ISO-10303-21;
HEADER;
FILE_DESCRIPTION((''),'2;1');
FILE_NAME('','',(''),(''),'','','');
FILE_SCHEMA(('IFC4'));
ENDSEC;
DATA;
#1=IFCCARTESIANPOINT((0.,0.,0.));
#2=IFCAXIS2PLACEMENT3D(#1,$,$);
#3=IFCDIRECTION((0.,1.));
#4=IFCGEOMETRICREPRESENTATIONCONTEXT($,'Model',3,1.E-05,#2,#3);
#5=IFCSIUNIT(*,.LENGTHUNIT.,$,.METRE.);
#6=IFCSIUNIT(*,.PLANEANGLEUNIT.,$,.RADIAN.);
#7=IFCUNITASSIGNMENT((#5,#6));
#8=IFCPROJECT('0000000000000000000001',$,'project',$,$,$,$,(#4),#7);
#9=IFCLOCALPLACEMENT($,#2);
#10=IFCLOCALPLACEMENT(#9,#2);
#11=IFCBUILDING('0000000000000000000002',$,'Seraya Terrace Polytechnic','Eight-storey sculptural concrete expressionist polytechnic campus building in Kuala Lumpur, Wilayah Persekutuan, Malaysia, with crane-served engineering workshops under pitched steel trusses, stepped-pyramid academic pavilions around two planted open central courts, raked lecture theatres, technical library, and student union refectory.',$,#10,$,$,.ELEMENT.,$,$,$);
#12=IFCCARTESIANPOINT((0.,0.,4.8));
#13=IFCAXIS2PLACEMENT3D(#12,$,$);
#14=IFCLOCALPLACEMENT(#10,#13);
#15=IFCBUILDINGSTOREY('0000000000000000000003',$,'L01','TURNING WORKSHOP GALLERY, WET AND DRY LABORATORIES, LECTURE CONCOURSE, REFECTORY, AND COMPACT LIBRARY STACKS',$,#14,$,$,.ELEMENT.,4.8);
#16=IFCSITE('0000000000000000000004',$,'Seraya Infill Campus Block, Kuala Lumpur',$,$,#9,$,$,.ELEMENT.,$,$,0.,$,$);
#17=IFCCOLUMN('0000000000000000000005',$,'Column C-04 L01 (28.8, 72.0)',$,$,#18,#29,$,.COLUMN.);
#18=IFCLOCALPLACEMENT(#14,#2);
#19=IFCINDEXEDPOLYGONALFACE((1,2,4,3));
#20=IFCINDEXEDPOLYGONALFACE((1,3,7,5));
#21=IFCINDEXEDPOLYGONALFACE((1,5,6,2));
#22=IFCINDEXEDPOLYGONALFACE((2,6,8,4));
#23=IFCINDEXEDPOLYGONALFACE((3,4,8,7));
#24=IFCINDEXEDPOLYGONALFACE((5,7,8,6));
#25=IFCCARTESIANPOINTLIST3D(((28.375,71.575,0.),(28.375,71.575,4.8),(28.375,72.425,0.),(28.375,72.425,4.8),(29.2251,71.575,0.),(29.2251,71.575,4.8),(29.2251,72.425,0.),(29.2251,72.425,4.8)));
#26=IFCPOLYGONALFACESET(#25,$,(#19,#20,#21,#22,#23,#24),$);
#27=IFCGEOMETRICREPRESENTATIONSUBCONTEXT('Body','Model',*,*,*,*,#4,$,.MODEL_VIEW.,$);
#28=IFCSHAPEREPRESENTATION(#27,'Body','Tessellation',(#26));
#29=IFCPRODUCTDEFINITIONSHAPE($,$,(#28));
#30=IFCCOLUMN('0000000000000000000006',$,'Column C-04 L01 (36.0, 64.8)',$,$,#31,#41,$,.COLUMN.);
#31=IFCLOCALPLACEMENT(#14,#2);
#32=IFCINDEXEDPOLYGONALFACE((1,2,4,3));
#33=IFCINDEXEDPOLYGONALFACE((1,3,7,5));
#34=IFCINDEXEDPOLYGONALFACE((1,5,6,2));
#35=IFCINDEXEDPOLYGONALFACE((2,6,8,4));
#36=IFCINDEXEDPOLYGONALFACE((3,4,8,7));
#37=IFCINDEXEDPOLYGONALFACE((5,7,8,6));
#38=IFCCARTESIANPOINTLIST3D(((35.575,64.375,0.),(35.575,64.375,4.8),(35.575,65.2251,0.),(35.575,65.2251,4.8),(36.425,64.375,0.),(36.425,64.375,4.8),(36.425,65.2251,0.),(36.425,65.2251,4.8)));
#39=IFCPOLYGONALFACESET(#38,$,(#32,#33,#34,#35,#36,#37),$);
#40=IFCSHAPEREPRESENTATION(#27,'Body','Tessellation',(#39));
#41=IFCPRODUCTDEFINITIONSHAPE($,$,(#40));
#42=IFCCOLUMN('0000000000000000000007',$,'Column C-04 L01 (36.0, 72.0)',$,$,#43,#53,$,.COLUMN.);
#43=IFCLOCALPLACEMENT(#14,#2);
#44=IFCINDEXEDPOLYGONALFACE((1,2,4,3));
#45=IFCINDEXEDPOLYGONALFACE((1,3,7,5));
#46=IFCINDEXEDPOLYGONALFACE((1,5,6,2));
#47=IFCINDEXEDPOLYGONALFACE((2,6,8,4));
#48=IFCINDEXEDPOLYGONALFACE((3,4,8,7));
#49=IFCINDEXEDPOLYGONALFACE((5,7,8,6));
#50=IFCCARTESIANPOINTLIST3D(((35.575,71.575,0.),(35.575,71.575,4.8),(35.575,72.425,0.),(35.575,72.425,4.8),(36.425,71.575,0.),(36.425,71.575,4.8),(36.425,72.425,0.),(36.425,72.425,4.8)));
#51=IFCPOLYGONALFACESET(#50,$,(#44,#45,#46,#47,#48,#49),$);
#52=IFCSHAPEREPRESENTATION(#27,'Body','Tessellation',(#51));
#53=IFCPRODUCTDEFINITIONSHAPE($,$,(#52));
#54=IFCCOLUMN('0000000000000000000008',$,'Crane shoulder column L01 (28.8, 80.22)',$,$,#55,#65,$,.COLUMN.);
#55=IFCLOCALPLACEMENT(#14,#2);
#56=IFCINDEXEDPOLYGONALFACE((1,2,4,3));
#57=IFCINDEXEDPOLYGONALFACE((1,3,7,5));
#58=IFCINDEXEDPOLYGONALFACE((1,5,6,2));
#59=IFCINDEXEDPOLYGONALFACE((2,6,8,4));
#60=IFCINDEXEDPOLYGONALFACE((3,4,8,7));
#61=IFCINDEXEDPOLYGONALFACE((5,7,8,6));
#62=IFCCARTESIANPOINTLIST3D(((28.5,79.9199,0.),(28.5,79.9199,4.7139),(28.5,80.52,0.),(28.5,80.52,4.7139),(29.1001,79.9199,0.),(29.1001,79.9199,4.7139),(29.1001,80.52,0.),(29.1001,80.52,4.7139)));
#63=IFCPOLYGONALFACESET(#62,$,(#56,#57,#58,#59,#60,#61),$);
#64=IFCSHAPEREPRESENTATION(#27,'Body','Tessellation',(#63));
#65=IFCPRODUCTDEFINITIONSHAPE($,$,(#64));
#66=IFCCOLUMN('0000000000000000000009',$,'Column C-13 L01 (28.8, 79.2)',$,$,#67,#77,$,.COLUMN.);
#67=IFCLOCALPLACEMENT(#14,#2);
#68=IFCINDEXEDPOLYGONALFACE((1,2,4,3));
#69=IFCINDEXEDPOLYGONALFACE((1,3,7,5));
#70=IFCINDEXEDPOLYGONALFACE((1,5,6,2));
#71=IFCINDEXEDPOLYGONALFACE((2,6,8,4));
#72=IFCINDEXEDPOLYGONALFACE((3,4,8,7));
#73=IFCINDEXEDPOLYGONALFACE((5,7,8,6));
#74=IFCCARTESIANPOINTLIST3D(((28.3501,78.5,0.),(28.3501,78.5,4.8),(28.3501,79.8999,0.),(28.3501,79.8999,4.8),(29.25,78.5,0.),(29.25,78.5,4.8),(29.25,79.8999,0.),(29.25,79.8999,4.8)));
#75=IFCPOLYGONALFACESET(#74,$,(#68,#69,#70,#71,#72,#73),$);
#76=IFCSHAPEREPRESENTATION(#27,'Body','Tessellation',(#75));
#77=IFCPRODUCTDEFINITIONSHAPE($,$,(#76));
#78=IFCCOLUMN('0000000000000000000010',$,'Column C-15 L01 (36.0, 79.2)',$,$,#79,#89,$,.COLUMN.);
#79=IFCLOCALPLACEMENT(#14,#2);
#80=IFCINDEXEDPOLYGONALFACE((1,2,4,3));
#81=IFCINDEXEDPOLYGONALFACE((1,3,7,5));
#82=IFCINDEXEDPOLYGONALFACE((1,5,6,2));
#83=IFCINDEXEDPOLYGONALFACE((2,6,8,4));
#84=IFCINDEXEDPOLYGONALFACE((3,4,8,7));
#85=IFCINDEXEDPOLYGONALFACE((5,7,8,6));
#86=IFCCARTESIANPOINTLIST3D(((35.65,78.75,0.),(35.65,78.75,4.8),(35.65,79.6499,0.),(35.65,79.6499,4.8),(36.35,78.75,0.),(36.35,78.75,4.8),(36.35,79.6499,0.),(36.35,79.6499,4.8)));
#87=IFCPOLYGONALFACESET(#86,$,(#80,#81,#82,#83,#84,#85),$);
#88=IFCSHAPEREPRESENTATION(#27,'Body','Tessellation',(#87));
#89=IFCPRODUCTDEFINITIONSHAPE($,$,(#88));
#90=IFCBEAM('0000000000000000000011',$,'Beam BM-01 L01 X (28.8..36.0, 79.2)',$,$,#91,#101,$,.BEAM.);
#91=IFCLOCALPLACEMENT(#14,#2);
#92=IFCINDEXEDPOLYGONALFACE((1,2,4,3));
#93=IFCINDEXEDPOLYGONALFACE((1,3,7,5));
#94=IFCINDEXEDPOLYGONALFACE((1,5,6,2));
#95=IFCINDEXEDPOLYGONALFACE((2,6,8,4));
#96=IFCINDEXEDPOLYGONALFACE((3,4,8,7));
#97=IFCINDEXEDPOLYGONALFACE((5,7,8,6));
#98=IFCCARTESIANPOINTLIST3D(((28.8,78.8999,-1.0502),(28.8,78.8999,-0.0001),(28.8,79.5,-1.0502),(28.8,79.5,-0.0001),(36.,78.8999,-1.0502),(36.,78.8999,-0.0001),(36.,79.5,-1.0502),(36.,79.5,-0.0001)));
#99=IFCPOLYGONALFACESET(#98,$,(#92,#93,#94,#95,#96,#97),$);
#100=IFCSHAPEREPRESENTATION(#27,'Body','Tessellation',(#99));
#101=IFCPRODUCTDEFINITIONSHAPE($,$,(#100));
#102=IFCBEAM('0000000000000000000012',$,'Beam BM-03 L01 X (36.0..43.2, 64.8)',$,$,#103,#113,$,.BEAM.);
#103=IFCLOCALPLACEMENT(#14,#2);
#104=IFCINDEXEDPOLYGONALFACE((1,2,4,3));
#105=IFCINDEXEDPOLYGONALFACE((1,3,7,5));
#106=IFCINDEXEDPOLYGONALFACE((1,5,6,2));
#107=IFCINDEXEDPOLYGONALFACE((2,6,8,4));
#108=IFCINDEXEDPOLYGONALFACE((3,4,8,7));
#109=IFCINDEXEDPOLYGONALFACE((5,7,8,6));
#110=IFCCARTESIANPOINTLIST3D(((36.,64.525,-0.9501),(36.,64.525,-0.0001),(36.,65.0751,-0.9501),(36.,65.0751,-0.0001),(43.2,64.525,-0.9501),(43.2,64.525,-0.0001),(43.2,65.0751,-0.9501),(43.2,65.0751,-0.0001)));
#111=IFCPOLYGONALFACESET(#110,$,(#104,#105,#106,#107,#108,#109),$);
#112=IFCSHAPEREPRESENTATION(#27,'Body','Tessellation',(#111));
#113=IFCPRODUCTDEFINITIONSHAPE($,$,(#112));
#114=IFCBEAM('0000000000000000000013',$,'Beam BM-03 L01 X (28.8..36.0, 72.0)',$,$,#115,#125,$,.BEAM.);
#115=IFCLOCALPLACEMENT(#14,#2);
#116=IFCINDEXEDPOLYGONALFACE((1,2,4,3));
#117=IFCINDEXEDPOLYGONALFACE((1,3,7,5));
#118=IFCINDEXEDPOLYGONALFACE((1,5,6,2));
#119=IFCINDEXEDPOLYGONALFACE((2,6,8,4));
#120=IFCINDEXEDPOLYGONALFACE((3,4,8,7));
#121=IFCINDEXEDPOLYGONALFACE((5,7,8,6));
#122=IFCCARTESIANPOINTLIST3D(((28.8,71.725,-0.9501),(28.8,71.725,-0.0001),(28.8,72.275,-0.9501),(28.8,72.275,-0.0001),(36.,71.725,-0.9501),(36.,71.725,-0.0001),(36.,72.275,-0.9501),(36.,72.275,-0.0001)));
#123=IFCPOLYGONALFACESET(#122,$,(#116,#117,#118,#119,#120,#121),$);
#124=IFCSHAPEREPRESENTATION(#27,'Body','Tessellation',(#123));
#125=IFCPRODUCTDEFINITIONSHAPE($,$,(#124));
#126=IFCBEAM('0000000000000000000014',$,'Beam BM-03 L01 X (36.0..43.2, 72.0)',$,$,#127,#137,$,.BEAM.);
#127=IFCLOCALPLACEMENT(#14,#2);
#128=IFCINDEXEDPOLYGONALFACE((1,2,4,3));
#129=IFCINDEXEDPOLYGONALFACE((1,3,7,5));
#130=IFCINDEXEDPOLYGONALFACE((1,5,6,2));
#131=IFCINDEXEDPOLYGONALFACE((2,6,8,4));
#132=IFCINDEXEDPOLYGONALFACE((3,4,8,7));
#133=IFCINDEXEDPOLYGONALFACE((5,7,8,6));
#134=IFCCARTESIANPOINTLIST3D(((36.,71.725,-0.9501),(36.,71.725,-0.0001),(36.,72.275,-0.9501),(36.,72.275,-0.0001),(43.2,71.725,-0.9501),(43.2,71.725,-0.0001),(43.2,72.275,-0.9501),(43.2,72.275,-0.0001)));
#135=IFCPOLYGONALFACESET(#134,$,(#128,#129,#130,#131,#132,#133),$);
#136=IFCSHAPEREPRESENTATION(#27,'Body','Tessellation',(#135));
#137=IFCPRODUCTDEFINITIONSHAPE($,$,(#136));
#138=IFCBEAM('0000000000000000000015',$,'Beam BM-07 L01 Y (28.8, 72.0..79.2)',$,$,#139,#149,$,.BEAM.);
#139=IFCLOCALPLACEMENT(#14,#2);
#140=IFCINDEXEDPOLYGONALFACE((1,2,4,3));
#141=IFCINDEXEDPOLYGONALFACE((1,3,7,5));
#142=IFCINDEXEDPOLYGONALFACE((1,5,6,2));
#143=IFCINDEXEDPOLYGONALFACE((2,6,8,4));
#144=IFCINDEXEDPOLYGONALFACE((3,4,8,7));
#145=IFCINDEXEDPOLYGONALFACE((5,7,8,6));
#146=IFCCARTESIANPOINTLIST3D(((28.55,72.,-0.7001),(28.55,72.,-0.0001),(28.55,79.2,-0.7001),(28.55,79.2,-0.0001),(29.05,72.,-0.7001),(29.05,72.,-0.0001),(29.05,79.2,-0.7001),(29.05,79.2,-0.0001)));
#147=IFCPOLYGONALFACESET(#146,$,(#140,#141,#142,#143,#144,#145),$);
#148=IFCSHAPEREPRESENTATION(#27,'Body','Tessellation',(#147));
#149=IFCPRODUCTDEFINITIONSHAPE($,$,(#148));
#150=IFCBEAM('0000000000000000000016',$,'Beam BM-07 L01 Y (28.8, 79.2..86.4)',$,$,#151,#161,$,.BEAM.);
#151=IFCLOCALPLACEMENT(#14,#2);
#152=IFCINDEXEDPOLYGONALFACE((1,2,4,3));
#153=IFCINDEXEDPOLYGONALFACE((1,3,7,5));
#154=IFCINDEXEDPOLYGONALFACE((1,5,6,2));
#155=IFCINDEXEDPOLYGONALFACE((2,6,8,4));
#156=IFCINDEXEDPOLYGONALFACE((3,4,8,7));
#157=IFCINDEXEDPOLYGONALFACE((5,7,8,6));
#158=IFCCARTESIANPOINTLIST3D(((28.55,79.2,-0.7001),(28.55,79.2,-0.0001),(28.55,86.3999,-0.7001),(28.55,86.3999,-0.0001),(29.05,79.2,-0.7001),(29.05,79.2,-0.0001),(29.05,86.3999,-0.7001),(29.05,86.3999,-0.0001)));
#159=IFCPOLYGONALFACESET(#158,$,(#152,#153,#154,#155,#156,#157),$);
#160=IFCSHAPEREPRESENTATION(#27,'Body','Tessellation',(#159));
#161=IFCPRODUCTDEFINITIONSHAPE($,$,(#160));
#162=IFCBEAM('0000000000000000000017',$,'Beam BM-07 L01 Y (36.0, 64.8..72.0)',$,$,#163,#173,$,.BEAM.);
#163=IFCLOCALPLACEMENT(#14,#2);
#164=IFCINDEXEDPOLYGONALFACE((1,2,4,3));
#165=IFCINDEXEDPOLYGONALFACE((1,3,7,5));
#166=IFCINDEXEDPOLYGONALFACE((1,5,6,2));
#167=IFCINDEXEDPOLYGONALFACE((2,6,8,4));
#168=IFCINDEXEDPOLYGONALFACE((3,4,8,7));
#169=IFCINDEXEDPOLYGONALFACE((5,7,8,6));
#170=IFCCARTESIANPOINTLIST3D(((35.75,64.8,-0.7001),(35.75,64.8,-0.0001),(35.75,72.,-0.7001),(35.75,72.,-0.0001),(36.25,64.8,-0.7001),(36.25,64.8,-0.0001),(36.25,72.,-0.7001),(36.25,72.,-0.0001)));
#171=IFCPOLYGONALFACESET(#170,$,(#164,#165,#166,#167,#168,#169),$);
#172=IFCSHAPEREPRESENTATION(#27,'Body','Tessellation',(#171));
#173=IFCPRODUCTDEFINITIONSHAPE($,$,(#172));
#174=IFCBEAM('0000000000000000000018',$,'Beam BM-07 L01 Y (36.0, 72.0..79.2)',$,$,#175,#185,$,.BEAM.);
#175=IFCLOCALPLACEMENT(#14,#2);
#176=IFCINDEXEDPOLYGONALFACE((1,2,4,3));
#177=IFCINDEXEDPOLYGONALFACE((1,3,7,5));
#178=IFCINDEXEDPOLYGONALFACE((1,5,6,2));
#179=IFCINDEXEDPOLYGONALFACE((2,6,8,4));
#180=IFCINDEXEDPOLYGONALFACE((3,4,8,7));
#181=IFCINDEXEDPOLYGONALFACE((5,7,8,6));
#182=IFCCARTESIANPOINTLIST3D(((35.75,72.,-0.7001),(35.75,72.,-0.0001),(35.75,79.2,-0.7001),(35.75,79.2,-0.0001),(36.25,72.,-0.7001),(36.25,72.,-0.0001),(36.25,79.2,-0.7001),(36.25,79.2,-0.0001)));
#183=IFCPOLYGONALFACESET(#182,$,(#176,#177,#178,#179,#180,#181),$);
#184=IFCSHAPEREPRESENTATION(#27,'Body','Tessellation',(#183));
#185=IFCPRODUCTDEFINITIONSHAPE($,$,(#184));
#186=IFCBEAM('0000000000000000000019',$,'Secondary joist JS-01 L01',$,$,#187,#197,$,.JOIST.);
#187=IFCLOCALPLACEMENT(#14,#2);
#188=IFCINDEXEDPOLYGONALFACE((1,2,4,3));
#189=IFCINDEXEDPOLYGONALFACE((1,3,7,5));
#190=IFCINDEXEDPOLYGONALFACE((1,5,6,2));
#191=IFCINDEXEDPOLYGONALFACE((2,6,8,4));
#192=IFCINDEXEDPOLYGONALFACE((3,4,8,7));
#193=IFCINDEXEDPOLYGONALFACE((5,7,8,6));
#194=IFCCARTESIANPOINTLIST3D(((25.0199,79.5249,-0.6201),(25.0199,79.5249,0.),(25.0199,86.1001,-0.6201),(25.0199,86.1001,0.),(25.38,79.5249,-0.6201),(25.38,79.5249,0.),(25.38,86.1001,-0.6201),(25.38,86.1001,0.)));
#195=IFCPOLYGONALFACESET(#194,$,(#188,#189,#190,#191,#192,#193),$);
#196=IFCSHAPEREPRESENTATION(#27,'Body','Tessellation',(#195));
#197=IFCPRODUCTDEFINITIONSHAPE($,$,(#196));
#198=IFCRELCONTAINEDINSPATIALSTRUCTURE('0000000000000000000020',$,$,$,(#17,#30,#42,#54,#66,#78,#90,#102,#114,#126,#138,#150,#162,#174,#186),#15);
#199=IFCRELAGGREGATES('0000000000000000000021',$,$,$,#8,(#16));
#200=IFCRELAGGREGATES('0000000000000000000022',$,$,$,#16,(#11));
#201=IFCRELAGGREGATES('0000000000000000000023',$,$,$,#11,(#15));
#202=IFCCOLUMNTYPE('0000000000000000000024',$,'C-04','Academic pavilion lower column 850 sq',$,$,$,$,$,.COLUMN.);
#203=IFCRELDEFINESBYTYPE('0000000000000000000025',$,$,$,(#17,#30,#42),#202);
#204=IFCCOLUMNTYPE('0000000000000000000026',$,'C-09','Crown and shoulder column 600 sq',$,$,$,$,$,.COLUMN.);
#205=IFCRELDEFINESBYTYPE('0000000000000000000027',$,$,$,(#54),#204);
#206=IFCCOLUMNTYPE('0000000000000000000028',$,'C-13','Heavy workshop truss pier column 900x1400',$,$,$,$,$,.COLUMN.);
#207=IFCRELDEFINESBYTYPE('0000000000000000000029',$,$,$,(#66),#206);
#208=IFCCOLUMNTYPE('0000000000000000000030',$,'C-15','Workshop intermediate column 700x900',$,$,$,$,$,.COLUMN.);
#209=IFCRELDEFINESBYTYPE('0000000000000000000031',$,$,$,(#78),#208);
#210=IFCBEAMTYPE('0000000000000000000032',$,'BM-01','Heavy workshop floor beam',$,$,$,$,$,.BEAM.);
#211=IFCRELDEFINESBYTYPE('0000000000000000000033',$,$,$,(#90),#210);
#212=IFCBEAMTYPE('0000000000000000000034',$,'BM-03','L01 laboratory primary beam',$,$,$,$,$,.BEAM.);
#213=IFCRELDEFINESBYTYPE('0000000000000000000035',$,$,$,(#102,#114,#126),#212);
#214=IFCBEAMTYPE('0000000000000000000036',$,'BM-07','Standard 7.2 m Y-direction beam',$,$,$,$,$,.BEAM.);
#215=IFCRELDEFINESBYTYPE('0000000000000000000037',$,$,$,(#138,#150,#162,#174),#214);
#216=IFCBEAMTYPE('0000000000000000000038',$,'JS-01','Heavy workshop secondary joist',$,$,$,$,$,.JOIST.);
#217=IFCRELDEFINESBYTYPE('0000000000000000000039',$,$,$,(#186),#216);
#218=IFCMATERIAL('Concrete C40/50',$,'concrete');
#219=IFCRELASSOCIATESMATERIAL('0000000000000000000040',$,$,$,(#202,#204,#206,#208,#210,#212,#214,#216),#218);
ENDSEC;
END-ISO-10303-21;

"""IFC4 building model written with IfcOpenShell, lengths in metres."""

from ifc_helpers import new_model, si_unit, direction, frame, origin, origin_2d, place, context, subcontext, project, spatial, rectangle, extrude, material, material_profile, profile_set, type_object, element, save


model = new_model("IFC4")

# Units and contexts
model_context = context("Model", 3, precision=1e-05, world=origin(), true_north=direction((0.0, 1.0)))
body_context = subcontext(model_context, "Body", "Model", "MODEL_VIEW")
ifc_project = project(units=[si_unit("LENGTHUNIT", "METRE"), si_unit("PLANEANGLEUNIT", "RADIAN")], contexts=[model_context])

# Site, building, storey
site_placement = place(None, origin())
site = spatial("IfcSite", under=ifc_project, at=site_placement, Name="Seraya Infill Campus Block, Kuala Lumpur", CompositionType="ELEMENT", RefElevation=0.0)
building_placement = place(site_placement, origin())
building = spatial("IfcBuilding", under=site, at=building_placement, Name="Seraya Terrace Polytechnic", Description="Eight-storey sculptural concrete expressionist polytechnic campus building in Kuala Lumpur, Wilayah Persekutuan, Malaysia, with crane-served engineering workshops under pitched steel trusses, stepped-pyramid academic pavilions around two planted open central courts, raked lecture theatres, technical library, and student union refectory.", CompositionType="ELEMENT")
storey_placement = place(building_placement, frame((0.0, 0.0, 4.8)))
storey = spatial("IfcBuildingStorey", under=building, at=storey_placement, Name="L01", Description="TURNING WORKSHOP GALLERY, WET AND DRY LABORATORIES, LECTURE CONCOURSE, REFECTORY, AND COMPACT LIBRARY STACKS", CompositionType="ELEMENT", Elevation=4.8)

# Columns
ifc_material_1 = material(Name="Concrete C40/50", Category="concrete")
ifc_material_profile_1 = material_profile(ifc_material_1, rectangle(XDim=0.8501, YDim=0.8501, at=origin_2d()), Name="RC 850x850")
ifc_profile_set_1 = profile_set([ifc_material_profile_1], Name="Concrete C40/50")
column_type_1 = type_object("IfcColumnType", Name="C-04", Description="Academic pavilion lower column 850 sq", PredefinedType="COLUMN", material=ifc_profile_set_1)
for number, where, z_axis, x_axis, name in (
    (1, (28.8, 72.0, 0.0), (0.0, 0.0, 1.0), (1.0, 0.0, 0.0), "Column C-04 L01 (28.8, 72.0)"),
    (2, (36.0, 64.8, 0.0), (0.0, 0.0, 1.0), (1.0, 0.0, 0.0), "Column C-04 L01 (36.0, 64.8)"),
    (3, (36.0, 72.0, 0.0), (0.0, 0.0, 1.0), (1.0, 0.0, 0.0), "Column C-04 L01 (36.0, 72.0)"),
):
    element("IfcColumn", number, at=place(storey_placement, frame(where, z_axis=z_axis, x_axis=x_axis)), inside=storey, type_object=column_type_1, Name=name, PredefinedType="COLUMN", context=body_context, shape_type="SweptSolid", body=[
        extrude(rectangle(XDim=0.8501, YDim=0.8501, at=origin_2d()), origin(), (0.0, 0.0, 1.0), 4.8),
    ])
ifc_material_profile_2 = material_profile(ifc_material_1, rectangle(XDim=0.6001, YDim=0.6001, at=origin_2d()), Name="RC 600x600")
ifc_profile_set_2 = profile_set([ifc_material_profile_2], Name="Concrete C40/50")
column_type_2 = type_object("IfcColumnType", Name="C-09", Description="Crown and shoulder column 600 sq", PredefinedType="COLUMN", material=ifc_profile_set_2)
column_1_placement = place(storey_placement, frame((28.8, 80.22, 0.0), z_axis=(0.0, 0.0, 1.0), x_axis=(1.0, 0.0, 0.0)))
element("IfcColumn", 4, at=column_1_placement, inside=storey, type_object=column_type_2, Name="Crane shoulder column L01 (28.8, 80.22)", PredefinedType="COLUMN", context=body_context, shape_type="SweptSolid", body=[
    extrude(rectangle(XDim=0.6001, YDim=0.6001, at=origin_2d()), origin(), (0.0, 0.0, 1.0), 4.7139),
])
ifc_material_profile_3 = material_profile(ifc_material_1, rectangle(XDim=0.8999, YDim=1.3999, at=origin_2d()), Name="RC 900x1400")
ifc_profile_set_3 = profile_set([ifc_material_profile_3], Name="Concrete C40/50")
column_type_3 = type_object("IfcColumnType", Name="C-13", Description="Heavy workshop truss pier column 900x1400", PredefinedType="COLUMN", material=ifc_profile_set_3)
column_2_placement = place(storey_placement, frame((28.8, 79.2, 0.0), z_axis=(0.0, 0.0, 1.0), x_axis=(1.0, 0.0, 0.0)))
element("IfcColumn", 5, at=column_2_placement, inside=storey, type_object=column_type_3, Name="Column C-13 L01 (28.8, 79.2)", PredefinedType="COLUMN", context=body_context, shape_type="SweptSolid", body=[
    extrude(rectangle(XDim=0.8999, YDim=1.3999, at=origin_2d()), origin(), (0.0, 0.0, 1.0), 4.8),
])
ifc_material_profile_4 = material_profile(ifc_material_1, rectangle(XDim=0.7, YDim=0.8999, at=origin_2d()), Name="RC 700x900")
ifc_profile_set_4 = profile_set([ifc_material_profile_4], Name="Concrete C40/50")
column_type_4 = type_object("IfcColumnType", Name="C-15", Description="Workshop intermediate column 700x900", PredefinedType="COLUMN", material=ifc_profile_set_4)
column_3_placement = place(storey_placement, frame((36.0, 79.2, 0.0), z_axis=(0.0, 0.0, 1.0), x_axis=(1.0, 0.0, 0.0)))
element("IfcColumn", 6, at=column_3_placement, inside=storey, type_object=column_type_4, Name="Column C-15 L01 (36.0, 79.2)", PredefinedType="COLUMN", context=body_context, shape_type="SweptSolid", body=[
    extrude(rectangle(XDim=0.7, YDim=0.8999, at=origin_2d()), origin(), (0.0, 0.0, 1.0), 4.8),
])

# Beams
ifc_material_profile_5 = material_profile(ifc_material_1, rectangle(XDim=0.6001, YDim=1.05, at=origin_2d()), Name="RC 600x1050")
ifc_profile_set_5 = profile_set([ifc_material_profile_5], Name="Concrete C40/50")
beam_type_1 = type_object("IfcBeamType", Name="BM-01", Description="Heavy workshop floor beam", PredefinedType="BEAM", material=ifc_profile_set_5)
beam_1_placement = place(storey_placement, frame((28.8, 79.2, -0.5251), z_axis=(1.0, 0.0, 0.0), x_axis=(0.0, 1.0, 0.0)))
element("IfcBeam", 7, at=beam_1_placement, inside=storey, type_object=beam_type_1, Name="Beam BM-01 L01 X (28.8..36.0, 79.2)", PredefinedType="BEAM", context=body_context, shape_type="SweptSolid", body=[
    extrude(rectangle(XDim=0.6001, YDim=1.05, at=origin_2d()), origin(), (0.0, 0.0, 1.0), 7.2),
])
ifc_material_profile_6 = material_profile(ifc_material_1, rectangle(XDim=0.55, YDim=0.95, at=origin_2d()), Name="RC 550x950")
ifc_profile_set_6 = profile_set([ifc_material_profile_6], Name="Concrete C40/50")
beam_type_2 = type_object("IfcBeamType", Name="BM-03", Description="L01 laboratory primary beam", PredefinedType="BEAM", material=ifc_profile_set_6)
for number, where, z_axis, x_axis, name in (
    (8, (36.0, 64.8, -0.4751), (1.0, 0.0, 0.0), (0.0, 1.0, 0.0), "Beam BM-03 L01 X (36.0..43.2, 64.8)"),
    (9, (28.8, 72.0, -0.4751), (1.0, 0.0, 0.0), (0.0, 1.0, 0.0), "Beam BM-03 L01 X (28.8..36.0, 72.0)"),
    (10, (36.0, 72.0, -0.4751), (1.0, 0.0, 0.0), (0.0, 1.0, 0.0), "Beam BM-03 L01 X (36.0..43.2, 72.0)"),
):
    element("IfcBeam", number, at=place(storey_placement, frame(where, z_axis=z_axis, x_axis=x_axis)), inside=storey, type_object=beam_type_2, Name=name, PredefinedType="BEAM", context=body_context, shape_type="SweptSolid", body=[
        extrude(rectangle(XDim=0.55, YDim=0.95, at=origin_2d()), origin(), (0.0, 0.0, 1.0), 7.2),
    ])
ifc_material_profile_7 = material_profile(ifc_material_1, rectangle(XDim=0.5, YDim=0.7, at=origin_2d()), Name="RC 500x700")
ifc_profile_set_7 = profile_set([ifc_material_profile_7], Name="Concrete C40/50")
beam_type_3 = type_object("IfcBeamType", Name="BM-07", Description="Standard 7.2 m Y-direction beam", PredefinedType="BEAM", material=ifc_profile_set_7)
for number, where, z_axis, x_axis, name in (
    (11, (28.8, 72.0, -0.3501), (0.0, 1.0, 0.0), (-1.0, 0.0, 0.0), "Beam BM-07 L01 Y (28.8, 72.0..79.2)"),
    (12, (28.8, 79.2, -0.3501), (0.0, 1.0, 0.0), (-1.0, 0.0, 0.0), "Beam BM-07 L01 Y (28.8, 79.2..86.4)"),
    (13, (36.0, 64.8, -0.3501), (0.0, 1.0, 0.0), (-1.0, 0.0, 0.0), "Beam BM-07 L01 Y (36.0, 64.8..72.0)"),
    (14, (36.0, 72.0, -0.3501), (0.0, 1.0, 0.0), (-1.0, 0.0, 0.0), "Beam BM-07 L01 Y (36.0, 72.0..79.2)"),
):
    element("IfcBeam", number, at=place(storey_placement, frame(where, z_axis=z_axis, x_axis=x_axis)), inside=storey, type_object=beam_type_3, Name=name, PredefinedType="BEAM", context=body_context, shape_type="SweptSolid", body=[
        extrude(rectangle(XDim=0.5, YDim=0.7, at=origin_2d()), origin(), (0.0, 0.0, 1.0), 7.2),
    ])
ifc_material_profile_8 = material_profile(ifc_material_1, rectangle(XDim=0.3601, YDim=0.6201, at=origin_2d()), Name="RC 360x620")
ifc_profile_set_8 = profile_set([ifc_material_profile_8], Name="Concrete C40/50")
beam_type_4 = type_object("IfcBeamType", Name="JS-01", Description="Heavy workshop secondary joist", PredefinedType="JOIST", material=ifc_profile_set_8)
beam_2_placement = place(storey_placement, frame((25.2, 79.5249, -0.3101), z_axis=(0.0, 1.0, 0.0), x_axis=(-1.0, 0.0, 0.0)))
element("IfcBeam", 15, at=beam_2_placement, inside=storey, type_object=beam_type_4, Name="Secondary joist JS-01 L01", PredefinedType="JOIST", context=body_context, shape_type="SweptSolid", body=[
    extrude(rectangle(XDim=0.3601, YDim=0.6201, at=origin_2d()), origin(), (0.0, 0.0, 1.0), 6.5752),
])

save(model, "model.ifc")
